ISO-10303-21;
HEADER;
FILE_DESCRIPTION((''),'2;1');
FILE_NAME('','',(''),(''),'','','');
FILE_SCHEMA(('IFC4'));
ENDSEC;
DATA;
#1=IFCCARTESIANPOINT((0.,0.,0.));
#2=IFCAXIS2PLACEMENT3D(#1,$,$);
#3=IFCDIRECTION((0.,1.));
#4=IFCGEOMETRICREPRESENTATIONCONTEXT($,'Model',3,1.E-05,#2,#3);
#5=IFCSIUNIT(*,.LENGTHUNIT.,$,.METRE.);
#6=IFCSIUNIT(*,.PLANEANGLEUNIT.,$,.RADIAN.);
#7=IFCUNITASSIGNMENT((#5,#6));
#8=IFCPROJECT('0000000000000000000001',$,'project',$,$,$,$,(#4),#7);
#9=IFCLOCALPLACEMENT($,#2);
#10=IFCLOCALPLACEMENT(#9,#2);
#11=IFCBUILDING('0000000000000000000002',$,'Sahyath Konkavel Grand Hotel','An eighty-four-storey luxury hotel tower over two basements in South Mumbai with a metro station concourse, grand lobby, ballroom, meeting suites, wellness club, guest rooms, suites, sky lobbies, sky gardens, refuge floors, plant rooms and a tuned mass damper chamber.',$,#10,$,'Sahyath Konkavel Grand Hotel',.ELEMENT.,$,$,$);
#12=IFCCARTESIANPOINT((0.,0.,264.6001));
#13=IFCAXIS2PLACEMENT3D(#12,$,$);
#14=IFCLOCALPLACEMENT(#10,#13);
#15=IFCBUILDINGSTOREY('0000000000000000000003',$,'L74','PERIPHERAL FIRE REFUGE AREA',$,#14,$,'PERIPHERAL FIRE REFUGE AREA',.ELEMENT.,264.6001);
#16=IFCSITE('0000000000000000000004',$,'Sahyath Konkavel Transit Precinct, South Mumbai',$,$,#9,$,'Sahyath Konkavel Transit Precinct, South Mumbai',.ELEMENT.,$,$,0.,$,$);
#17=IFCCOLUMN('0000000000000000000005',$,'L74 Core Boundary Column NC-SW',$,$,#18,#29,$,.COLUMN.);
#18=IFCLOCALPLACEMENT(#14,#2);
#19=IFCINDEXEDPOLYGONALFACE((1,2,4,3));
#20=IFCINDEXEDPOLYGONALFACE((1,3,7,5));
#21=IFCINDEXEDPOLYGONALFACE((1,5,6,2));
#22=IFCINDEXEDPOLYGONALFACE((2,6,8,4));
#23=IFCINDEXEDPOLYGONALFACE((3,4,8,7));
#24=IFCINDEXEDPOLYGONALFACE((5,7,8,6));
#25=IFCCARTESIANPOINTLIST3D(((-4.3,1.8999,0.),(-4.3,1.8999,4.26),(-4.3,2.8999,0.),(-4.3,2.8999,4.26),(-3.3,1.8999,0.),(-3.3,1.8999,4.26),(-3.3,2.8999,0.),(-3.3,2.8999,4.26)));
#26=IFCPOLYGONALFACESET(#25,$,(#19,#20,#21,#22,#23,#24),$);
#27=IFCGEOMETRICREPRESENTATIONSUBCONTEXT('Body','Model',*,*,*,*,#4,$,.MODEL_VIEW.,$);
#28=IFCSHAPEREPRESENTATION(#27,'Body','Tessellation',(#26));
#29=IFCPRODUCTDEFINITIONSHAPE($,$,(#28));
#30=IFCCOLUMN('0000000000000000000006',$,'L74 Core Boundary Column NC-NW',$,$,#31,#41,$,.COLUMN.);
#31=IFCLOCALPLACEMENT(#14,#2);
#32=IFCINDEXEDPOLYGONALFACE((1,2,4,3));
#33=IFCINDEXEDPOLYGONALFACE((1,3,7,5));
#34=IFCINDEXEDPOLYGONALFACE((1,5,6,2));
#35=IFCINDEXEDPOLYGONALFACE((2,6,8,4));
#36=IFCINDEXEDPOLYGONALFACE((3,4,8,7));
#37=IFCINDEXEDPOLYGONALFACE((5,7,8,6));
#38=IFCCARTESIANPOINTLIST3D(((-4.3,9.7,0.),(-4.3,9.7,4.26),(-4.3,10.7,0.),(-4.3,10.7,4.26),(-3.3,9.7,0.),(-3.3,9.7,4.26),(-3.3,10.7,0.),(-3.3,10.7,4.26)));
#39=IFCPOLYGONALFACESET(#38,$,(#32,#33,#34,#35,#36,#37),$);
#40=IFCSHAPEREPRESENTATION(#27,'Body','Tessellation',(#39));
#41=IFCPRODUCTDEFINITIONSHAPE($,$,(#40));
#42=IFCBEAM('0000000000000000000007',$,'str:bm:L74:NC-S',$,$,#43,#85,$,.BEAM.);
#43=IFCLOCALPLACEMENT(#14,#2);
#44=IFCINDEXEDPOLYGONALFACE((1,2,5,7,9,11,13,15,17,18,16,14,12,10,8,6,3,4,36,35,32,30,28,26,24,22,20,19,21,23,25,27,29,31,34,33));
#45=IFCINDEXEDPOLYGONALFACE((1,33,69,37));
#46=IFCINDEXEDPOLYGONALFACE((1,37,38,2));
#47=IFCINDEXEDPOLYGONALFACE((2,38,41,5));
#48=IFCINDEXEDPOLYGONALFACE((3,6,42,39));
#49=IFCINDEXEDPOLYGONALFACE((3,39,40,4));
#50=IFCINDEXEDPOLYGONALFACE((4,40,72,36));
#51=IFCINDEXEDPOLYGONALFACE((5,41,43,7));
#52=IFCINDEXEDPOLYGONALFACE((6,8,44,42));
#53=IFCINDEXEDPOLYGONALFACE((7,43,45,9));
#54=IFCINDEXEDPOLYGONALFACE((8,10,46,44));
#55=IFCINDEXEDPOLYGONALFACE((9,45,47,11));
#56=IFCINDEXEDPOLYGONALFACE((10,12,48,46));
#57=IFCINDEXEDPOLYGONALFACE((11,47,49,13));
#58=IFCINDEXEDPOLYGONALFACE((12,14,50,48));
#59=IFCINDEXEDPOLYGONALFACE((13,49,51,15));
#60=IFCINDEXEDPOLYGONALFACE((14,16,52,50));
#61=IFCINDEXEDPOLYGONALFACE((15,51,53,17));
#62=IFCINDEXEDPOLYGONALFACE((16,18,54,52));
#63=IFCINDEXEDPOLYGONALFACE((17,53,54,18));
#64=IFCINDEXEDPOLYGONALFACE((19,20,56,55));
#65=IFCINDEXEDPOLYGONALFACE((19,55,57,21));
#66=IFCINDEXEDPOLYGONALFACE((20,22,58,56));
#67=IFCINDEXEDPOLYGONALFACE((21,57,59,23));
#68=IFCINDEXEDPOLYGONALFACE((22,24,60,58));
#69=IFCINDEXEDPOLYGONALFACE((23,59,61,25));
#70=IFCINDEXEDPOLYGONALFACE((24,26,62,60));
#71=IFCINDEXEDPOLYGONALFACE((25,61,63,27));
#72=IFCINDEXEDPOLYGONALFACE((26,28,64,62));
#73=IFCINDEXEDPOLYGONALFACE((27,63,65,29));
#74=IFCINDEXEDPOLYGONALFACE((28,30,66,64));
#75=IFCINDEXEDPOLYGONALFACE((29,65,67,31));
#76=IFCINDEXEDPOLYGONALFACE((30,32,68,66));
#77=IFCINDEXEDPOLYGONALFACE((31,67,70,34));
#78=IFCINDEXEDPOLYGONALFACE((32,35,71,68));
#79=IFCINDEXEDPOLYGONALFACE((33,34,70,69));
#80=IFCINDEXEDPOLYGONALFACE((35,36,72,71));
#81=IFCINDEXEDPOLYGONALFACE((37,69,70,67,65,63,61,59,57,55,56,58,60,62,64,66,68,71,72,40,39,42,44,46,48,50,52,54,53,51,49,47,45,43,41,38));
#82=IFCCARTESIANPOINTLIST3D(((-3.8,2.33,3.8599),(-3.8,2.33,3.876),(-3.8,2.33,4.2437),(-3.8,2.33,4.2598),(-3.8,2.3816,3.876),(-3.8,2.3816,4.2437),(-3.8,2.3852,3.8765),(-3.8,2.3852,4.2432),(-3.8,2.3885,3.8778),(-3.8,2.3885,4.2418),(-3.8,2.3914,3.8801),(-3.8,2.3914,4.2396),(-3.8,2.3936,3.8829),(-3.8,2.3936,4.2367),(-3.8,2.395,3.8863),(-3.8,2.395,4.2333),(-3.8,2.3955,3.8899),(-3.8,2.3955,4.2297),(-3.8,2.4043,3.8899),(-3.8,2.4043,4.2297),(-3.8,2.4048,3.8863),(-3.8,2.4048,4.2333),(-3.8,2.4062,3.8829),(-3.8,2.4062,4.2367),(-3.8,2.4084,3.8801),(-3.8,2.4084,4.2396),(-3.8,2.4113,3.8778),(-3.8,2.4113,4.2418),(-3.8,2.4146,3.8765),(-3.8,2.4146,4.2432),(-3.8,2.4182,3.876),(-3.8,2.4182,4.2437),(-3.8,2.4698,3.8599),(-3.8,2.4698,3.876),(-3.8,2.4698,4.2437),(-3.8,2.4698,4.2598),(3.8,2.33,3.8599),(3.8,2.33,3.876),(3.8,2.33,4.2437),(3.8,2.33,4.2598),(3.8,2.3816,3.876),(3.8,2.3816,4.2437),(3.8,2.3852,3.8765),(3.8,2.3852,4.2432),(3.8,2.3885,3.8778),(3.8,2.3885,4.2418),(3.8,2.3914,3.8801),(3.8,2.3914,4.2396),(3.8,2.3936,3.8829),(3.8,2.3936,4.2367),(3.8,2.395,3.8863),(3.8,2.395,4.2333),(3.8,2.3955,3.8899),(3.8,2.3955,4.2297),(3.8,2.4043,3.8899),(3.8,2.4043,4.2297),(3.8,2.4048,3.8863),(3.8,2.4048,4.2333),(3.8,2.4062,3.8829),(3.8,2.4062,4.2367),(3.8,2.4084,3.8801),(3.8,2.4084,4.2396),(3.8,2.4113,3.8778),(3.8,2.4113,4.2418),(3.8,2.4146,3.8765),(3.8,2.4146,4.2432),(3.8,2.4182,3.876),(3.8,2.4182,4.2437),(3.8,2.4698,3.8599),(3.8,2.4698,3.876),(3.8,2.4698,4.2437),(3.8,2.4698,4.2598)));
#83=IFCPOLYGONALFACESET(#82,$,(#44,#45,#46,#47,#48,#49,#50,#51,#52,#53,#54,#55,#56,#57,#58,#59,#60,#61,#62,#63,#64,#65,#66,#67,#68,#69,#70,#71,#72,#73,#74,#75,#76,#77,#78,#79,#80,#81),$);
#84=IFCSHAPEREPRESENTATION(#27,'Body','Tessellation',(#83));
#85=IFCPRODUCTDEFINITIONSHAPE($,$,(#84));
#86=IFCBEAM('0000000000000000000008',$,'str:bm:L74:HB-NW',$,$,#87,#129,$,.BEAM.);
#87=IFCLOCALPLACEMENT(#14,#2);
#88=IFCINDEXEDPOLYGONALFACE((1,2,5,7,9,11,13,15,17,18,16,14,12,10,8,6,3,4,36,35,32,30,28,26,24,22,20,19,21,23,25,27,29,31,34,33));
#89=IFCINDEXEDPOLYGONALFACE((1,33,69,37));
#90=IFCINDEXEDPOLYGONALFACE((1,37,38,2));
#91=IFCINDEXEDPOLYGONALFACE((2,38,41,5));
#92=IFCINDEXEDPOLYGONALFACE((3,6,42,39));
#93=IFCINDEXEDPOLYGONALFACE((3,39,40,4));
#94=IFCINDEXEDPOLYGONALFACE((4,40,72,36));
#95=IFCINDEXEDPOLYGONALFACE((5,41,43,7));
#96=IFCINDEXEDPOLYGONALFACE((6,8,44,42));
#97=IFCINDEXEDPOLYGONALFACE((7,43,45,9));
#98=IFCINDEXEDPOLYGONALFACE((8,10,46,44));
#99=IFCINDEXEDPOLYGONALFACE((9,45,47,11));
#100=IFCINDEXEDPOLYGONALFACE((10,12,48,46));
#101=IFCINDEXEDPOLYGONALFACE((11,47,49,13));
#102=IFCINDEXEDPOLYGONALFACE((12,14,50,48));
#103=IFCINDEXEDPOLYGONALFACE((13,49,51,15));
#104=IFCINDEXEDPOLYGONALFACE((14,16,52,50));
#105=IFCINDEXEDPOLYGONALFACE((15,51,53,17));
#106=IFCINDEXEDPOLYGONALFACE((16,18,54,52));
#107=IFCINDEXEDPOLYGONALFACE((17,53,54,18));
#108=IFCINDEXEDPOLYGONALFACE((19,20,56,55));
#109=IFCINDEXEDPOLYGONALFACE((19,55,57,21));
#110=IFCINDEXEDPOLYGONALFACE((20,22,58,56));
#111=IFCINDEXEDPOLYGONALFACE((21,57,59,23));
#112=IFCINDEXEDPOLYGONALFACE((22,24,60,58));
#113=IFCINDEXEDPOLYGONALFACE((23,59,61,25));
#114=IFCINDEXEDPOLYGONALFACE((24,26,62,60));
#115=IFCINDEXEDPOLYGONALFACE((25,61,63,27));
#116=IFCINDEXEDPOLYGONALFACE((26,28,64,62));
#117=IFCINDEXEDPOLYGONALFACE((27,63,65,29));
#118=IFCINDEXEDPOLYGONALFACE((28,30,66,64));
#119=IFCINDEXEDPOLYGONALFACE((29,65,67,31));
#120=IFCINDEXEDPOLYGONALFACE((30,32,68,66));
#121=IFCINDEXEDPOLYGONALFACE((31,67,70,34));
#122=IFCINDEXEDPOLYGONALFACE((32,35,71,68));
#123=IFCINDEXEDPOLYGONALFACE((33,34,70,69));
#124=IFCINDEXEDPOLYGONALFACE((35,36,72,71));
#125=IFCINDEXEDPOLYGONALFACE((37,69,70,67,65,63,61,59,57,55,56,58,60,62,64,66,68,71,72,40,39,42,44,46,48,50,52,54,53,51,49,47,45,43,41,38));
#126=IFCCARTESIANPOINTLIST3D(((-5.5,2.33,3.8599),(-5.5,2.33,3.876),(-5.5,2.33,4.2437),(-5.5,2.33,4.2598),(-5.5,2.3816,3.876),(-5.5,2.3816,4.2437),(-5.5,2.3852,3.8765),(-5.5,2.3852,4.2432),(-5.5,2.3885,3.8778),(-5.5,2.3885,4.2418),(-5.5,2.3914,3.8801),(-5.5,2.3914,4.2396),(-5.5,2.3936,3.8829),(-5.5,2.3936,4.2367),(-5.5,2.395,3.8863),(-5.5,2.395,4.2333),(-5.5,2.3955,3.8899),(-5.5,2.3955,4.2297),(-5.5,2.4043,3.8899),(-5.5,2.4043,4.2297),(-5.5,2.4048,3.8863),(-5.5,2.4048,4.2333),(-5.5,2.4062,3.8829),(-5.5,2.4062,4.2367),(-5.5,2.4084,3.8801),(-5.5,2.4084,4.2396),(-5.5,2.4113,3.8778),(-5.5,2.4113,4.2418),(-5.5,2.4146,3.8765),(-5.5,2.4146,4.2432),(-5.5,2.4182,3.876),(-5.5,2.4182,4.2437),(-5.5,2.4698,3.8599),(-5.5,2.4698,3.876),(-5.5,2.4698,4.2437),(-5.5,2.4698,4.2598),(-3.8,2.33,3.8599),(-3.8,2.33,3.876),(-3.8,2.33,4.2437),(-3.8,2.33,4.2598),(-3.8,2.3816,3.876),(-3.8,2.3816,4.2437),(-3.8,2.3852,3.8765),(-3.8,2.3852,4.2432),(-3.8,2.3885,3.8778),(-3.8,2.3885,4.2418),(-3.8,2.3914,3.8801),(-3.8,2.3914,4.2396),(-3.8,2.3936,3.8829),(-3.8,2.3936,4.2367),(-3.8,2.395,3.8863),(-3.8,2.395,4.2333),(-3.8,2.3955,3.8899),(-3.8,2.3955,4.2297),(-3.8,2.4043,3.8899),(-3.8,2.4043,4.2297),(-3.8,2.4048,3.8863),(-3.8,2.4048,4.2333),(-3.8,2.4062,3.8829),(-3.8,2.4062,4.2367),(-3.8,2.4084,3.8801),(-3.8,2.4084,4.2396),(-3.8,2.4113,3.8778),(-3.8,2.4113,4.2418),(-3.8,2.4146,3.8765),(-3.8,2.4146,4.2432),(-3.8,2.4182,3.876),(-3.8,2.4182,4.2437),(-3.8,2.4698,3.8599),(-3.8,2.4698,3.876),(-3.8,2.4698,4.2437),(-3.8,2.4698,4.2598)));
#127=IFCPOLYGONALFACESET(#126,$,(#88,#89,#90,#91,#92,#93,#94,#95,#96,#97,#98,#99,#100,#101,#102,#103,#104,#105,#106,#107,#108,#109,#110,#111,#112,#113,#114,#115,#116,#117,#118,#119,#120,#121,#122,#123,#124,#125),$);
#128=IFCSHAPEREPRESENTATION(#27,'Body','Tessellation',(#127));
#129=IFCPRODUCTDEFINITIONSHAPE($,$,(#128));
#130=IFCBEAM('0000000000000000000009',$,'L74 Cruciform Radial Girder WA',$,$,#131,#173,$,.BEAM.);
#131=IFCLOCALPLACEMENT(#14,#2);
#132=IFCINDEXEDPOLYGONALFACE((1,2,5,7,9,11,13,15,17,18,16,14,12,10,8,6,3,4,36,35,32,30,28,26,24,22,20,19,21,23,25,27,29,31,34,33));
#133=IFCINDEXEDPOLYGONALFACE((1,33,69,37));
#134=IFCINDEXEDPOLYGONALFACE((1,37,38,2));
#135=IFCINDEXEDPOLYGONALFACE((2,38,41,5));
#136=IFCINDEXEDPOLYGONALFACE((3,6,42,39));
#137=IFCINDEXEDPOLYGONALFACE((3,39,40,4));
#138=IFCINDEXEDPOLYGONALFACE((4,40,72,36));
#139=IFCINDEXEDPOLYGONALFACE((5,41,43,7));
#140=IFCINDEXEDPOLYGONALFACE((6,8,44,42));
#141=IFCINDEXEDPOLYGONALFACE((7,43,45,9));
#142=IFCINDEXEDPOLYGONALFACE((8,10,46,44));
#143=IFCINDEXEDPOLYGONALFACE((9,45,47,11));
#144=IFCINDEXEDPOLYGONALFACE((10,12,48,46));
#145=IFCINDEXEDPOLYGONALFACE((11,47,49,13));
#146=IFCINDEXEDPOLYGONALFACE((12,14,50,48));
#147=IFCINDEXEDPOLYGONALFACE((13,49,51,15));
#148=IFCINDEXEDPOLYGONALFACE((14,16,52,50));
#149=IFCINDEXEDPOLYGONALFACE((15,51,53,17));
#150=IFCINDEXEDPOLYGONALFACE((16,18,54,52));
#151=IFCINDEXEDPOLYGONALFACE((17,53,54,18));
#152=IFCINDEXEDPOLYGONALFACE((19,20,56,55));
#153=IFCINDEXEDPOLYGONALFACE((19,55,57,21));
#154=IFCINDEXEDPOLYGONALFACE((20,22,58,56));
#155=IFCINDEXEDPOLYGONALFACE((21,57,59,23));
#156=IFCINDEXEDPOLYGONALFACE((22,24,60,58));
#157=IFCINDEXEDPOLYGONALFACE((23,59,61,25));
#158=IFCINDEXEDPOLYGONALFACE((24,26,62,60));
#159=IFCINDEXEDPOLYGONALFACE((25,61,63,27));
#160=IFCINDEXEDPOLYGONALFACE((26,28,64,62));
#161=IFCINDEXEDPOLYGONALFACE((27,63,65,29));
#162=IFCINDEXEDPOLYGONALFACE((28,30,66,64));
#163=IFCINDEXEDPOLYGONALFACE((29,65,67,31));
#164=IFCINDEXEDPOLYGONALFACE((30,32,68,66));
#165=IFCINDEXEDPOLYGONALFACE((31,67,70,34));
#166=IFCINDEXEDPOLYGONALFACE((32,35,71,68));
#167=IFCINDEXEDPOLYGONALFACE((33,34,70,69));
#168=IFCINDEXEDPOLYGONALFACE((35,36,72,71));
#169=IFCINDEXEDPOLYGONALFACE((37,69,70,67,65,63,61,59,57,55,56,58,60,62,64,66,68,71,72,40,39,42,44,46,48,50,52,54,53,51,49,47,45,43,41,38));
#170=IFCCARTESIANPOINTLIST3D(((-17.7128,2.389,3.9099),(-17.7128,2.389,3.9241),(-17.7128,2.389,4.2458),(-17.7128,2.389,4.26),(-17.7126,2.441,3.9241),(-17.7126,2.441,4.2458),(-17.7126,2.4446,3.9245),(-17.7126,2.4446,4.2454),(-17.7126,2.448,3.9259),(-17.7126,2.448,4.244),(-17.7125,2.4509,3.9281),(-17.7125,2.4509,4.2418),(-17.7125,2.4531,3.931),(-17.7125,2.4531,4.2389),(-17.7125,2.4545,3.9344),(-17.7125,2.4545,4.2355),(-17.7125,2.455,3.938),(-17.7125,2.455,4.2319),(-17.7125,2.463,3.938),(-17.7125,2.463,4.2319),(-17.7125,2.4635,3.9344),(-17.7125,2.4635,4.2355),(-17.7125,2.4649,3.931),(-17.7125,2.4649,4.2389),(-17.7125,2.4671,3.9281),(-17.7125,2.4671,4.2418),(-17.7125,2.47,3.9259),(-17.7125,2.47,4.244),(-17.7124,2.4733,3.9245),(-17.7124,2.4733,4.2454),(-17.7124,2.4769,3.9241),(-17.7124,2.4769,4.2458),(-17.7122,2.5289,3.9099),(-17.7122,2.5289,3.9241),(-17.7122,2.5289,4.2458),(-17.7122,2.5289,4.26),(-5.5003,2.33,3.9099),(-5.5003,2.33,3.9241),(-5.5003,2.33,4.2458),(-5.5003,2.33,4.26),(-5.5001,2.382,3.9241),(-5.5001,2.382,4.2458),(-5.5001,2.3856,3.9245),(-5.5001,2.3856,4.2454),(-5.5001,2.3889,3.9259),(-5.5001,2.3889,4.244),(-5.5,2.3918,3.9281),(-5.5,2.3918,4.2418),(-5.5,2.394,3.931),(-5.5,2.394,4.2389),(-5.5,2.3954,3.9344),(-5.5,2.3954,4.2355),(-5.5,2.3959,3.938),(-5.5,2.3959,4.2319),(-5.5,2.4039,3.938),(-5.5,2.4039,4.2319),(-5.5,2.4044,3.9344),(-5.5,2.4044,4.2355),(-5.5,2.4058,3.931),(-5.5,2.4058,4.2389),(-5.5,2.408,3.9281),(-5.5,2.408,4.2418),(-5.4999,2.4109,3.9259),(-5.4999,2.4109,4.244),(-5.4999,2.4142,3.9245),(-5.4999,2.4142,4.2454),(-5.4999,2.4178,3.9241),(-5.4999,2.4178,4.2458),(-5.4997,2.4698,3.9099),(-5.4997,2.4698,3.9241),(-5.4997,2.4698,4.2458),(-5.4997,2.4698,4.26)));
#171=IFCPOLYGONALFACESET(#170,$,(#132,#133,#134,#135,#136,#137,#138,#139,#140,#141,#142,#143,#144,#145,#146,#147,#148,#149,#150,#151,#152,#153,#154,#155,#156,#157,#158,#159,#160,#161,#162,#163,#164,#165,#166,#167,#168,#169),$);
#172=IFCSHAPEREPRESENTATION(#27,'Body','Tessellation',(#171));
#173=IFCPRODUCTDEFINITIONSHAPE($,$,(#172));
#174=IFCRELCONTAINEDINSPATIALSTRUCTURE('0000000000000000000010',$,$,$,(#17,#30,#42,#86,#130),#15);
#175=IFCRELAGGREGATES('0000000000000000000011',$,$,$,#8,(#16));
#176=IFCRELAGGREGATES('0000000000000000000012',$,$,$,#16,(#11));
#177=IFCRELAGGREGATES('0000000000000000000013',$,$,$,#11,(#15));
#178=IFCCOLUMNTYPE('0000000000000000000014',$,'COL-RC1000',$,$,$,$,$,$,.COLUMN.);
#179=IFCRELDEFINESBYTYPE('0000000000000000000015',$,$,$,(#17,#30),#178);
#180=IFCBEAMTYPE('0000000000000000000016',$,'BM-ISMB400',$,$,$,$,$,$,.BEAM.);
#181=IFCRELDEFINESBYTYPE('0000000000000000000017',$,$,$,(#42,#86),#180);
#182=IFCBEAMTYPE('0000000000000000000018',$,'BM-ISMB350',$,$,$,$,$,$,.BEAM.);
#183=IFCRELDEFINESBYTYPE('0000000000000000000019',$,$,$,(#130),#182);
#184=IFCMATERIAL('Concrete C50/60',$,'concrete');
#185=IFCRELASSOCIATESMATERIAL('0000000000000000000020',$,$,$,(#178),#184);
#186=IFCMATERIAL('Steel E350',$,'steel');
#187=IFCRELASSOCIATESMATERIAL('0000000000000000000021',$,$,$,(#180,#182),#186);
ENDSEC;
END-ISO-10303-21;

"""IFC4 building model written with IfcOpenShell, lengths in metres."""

from ifc_helpers import new_model, si_unit, direction, frame, origin, origin_2d, place, context, subcontext, project, spatial, rectangle, i_section, extrude, source, transform, mapped, material, material_profile, profile_set, type_object, element, save


model = new_model("IFC4")

# Units and contexts
model_context = context("Model", 3, precision=1e-05, world=origin(), true_north=direction((0.0, 1.0)))
body_context = subcontext(model_context, "Body", "Model", "MODEL_VIEW")
ifc_project = project(units=[si_unit("LENGTHUNIT", "METRE"), si_unit("PLANEANGLEUNIT", "RADIAN")], contexts=[model_context])

# Site, building, storey
site_placement = place(None, origin())
site = spatial("IfcSite", under=ifc_project, at=site_placement, Name="Sahyath Konkavel Transit Precinct, South Mumbai", LongName="Sahyath Konkavel Transit Precinct, South Mumbai", CompositionType="ELEMENT", RefElevation=0.0)
building_placement = place(site_placement, origin())
building = spatial("IfcBuilding", under=site, at=building_placement, Name="Sahyath Konkavel Grand Hotel", Description="An eighty-four-storey luxury hotel tower over two basements in South Mumbai with a metro station concourse, grand lobby, ballroom, meeting suites, wellness club, guest rooms, suites, sky lobbies, sky gardens, refuge floors, plant rooms and a tuned mass damper chamber.", LongName="Sahyath Konkavel Grand Hotel", CompositionType="ELEMENT")
storey_placement = place(building_placement, frame((0.0, 0.0, 264.6001)))
storey = spatial("IfcBuildingStorey", under=building, at=storey_placement, Name="L74", Description="PERIPHERAL FIRE REFUGE AREA", LongName="PERIPHERAL FIRE REFUGE AREA", CompositionType="ELEMENT", Elevation=264.6001)

# Columns
ifc_material_1 = material(Name="Concrete C50/60", Category="concrete")
ifc_material_profile_1 = material_profile(ifc_material_1, rectangle(XDim=1.0, YDim=1.0, at=origin_2d()), Name="RC 1000x1000")
ifc_profile_set_1 = profile_set([ifc_material_profile_1], Name="Concrete C50/60")
column_type = type_object("IfcColumnType", Name="COL-RC1000", PredefinedType="COLUMN", material=ifc_profile_set_1)
shared_shape_1 = source(origin(), body_context, "Body", "SweptSolid", [
    extrude(rectangle(XDim=1.0, YDim=1.0, at=origin_2d()), origin(), (0.0, 0.0, 1.0), 4.26),
])
for number, where, z_axis, x_axis, name in (
    (1, (-3.8, 2.3999, 0.0), (0.0, 0.0, 1.0), (1.0, 0.0, 0.0), "L74 Core Boundary Column NC-SW"),
    (2, (-3.8, 10.2, 0.0), (0.0, 0.0, 1.0), (1.0, 0.0, 0.0), "L74 Core Boundary Column NC-NW"),
):
    element("IfcColumn", number, at=place(storey_placement, frame(where, z_axis=z_axis, x_axis=x_axis)), inside=storey, type_object=column_type, Name=name, PredefinedType="COLUMN", context=body_context, shape_type="MappedRepresentation", body=[
        mapped(shared_shape_1, transform((0.0, 0.0, 0.0), scale=1.0)),
    ])

# Beams
ifc_material_2 = material(Name="Steel E350", Category="steel")
ifc_material_profile_2 = material_profile(ifc_material_2, i_section(OverallWidth=0.1399, OverallDepth=0.3999, WebThickness=0.0088, FlangeThickness=0.0161, FilletRadius=0.0139, at=origin_2d()), Name="ISMB 400")
ifc_profile_set_2 = profile_set([ifc_material_profile_2], Name="Steel E350")
beam_type_1 = type_object("IfcBeamType", Name="BM-ISMB400", PredefinedType="BEAM", material=ifc_profile_set_2)
shared_shape_2 = source(origin(), body_context, "Body", "SweptSolid", [
    extrude(i_section(OverallWidth=0.1399, OverallDepth=0.3999, WebThickness=0.0088, FlangeThickness=0.0161, FilletRadius=0.0139, at=origin_2d()), origin(), (0.0, 0.0, 1.0), 7.6001),
])
beam_1_placement = place(storey_placement, frame((-3.8, 2.3999, 4.0598), z_axis=(1.0, 0.0, 0.0), x_axis=(0.0, 1.0, 0.0)))
element("IfcBeam", 3, at=beam_1_placement, inside=storey, type_object=beam_type_1, Name="str:bm:L74:NC-S", PredefinedType="BEAM", context=body_context, shape_type="MappedRepresentation", body=[
    mapped(shared_shape_2, transform((0.0, 0.0, 0.0), scale=1.0)),
])
shared_shape_3 = source(origin(), body_context, "Body", "SweptSolid", [
    extrude(i_section(OverallWidth=0.1399, OverallDepth=0.3999, WebThickness=0.0088, FlangeThickness=0.0161, FilletRadius=0.0139, at=origin_2d()), origin(), (0.0, 0.0, 1.0), 1.7),
])
beam_2_placement = place(storey_placement, frame((-5.5, 2.3999, 4.0598), z_axis=(1.0, 0.0, 0.0), x_axis=(0.0, 1.0, 0.0)))
element("IfcBeam", 4, at=beam_2_placement, inside=storey, type_object=beam_type_1, Name="str:bm:L74:HB-NW", PredefinedType="BEAM", context=body_context, shape_type="MappedRepresentation", body=[
    mapped(shared_shape_3, transform((0.0, 0.0, 0.0), scale=1.0)),
])
ifc_material_profile_3 = material_profile(ifc_material_2, i_section(OverallWidth=0.1399, OverallDepth=0.3501, WebThickness=0.0081, FlangeThickness=0.0142, FilletRadius=0.0139, at=origin_2d()), Name="ISMB 350")
ifc_profile_set_3 = profile_set([ifc_material_profile_3], Name="Steel E350")
beam_type_2 = type_object("IfcBeamType", Name="BM-ISMB350", PredefinedType="BEAM", material=ifc_profile_set_3)
shared_shape_4 = source(origin(), body_context, "Body", "SweptSolid", [
    extrude(i_section(OverallWidth=0.1399, OverallDepth=0.3501, WebThickness=0.0081, FlangeThickness=0.0142, FilletRadius=0.0139, at=origin_2d()), origin(), (0.0, 0.0, 1.0), 12.2126),
])
beam_3_placement = place(storey_placement, frame((-5.5, 2.3999, 4.085), z_axis=(-0.999988, 0.004838, 0.0), x_axis=(-0.004838, -0.999988, 0.0)))
element("IfcBeam", 5, at=beam_3_placement, inside=storey, type_object=beam_type_2, Name="L74 Cruciform Radial Girder WA", PredefinedType="BEAM", context=body_context, shape_type="MappedRepresentation", body=[
    mapped(shared_shape_4, transform((0.0, 0.0, 0.0), scale=1.0)),
])

save(model, "model.ifc")
